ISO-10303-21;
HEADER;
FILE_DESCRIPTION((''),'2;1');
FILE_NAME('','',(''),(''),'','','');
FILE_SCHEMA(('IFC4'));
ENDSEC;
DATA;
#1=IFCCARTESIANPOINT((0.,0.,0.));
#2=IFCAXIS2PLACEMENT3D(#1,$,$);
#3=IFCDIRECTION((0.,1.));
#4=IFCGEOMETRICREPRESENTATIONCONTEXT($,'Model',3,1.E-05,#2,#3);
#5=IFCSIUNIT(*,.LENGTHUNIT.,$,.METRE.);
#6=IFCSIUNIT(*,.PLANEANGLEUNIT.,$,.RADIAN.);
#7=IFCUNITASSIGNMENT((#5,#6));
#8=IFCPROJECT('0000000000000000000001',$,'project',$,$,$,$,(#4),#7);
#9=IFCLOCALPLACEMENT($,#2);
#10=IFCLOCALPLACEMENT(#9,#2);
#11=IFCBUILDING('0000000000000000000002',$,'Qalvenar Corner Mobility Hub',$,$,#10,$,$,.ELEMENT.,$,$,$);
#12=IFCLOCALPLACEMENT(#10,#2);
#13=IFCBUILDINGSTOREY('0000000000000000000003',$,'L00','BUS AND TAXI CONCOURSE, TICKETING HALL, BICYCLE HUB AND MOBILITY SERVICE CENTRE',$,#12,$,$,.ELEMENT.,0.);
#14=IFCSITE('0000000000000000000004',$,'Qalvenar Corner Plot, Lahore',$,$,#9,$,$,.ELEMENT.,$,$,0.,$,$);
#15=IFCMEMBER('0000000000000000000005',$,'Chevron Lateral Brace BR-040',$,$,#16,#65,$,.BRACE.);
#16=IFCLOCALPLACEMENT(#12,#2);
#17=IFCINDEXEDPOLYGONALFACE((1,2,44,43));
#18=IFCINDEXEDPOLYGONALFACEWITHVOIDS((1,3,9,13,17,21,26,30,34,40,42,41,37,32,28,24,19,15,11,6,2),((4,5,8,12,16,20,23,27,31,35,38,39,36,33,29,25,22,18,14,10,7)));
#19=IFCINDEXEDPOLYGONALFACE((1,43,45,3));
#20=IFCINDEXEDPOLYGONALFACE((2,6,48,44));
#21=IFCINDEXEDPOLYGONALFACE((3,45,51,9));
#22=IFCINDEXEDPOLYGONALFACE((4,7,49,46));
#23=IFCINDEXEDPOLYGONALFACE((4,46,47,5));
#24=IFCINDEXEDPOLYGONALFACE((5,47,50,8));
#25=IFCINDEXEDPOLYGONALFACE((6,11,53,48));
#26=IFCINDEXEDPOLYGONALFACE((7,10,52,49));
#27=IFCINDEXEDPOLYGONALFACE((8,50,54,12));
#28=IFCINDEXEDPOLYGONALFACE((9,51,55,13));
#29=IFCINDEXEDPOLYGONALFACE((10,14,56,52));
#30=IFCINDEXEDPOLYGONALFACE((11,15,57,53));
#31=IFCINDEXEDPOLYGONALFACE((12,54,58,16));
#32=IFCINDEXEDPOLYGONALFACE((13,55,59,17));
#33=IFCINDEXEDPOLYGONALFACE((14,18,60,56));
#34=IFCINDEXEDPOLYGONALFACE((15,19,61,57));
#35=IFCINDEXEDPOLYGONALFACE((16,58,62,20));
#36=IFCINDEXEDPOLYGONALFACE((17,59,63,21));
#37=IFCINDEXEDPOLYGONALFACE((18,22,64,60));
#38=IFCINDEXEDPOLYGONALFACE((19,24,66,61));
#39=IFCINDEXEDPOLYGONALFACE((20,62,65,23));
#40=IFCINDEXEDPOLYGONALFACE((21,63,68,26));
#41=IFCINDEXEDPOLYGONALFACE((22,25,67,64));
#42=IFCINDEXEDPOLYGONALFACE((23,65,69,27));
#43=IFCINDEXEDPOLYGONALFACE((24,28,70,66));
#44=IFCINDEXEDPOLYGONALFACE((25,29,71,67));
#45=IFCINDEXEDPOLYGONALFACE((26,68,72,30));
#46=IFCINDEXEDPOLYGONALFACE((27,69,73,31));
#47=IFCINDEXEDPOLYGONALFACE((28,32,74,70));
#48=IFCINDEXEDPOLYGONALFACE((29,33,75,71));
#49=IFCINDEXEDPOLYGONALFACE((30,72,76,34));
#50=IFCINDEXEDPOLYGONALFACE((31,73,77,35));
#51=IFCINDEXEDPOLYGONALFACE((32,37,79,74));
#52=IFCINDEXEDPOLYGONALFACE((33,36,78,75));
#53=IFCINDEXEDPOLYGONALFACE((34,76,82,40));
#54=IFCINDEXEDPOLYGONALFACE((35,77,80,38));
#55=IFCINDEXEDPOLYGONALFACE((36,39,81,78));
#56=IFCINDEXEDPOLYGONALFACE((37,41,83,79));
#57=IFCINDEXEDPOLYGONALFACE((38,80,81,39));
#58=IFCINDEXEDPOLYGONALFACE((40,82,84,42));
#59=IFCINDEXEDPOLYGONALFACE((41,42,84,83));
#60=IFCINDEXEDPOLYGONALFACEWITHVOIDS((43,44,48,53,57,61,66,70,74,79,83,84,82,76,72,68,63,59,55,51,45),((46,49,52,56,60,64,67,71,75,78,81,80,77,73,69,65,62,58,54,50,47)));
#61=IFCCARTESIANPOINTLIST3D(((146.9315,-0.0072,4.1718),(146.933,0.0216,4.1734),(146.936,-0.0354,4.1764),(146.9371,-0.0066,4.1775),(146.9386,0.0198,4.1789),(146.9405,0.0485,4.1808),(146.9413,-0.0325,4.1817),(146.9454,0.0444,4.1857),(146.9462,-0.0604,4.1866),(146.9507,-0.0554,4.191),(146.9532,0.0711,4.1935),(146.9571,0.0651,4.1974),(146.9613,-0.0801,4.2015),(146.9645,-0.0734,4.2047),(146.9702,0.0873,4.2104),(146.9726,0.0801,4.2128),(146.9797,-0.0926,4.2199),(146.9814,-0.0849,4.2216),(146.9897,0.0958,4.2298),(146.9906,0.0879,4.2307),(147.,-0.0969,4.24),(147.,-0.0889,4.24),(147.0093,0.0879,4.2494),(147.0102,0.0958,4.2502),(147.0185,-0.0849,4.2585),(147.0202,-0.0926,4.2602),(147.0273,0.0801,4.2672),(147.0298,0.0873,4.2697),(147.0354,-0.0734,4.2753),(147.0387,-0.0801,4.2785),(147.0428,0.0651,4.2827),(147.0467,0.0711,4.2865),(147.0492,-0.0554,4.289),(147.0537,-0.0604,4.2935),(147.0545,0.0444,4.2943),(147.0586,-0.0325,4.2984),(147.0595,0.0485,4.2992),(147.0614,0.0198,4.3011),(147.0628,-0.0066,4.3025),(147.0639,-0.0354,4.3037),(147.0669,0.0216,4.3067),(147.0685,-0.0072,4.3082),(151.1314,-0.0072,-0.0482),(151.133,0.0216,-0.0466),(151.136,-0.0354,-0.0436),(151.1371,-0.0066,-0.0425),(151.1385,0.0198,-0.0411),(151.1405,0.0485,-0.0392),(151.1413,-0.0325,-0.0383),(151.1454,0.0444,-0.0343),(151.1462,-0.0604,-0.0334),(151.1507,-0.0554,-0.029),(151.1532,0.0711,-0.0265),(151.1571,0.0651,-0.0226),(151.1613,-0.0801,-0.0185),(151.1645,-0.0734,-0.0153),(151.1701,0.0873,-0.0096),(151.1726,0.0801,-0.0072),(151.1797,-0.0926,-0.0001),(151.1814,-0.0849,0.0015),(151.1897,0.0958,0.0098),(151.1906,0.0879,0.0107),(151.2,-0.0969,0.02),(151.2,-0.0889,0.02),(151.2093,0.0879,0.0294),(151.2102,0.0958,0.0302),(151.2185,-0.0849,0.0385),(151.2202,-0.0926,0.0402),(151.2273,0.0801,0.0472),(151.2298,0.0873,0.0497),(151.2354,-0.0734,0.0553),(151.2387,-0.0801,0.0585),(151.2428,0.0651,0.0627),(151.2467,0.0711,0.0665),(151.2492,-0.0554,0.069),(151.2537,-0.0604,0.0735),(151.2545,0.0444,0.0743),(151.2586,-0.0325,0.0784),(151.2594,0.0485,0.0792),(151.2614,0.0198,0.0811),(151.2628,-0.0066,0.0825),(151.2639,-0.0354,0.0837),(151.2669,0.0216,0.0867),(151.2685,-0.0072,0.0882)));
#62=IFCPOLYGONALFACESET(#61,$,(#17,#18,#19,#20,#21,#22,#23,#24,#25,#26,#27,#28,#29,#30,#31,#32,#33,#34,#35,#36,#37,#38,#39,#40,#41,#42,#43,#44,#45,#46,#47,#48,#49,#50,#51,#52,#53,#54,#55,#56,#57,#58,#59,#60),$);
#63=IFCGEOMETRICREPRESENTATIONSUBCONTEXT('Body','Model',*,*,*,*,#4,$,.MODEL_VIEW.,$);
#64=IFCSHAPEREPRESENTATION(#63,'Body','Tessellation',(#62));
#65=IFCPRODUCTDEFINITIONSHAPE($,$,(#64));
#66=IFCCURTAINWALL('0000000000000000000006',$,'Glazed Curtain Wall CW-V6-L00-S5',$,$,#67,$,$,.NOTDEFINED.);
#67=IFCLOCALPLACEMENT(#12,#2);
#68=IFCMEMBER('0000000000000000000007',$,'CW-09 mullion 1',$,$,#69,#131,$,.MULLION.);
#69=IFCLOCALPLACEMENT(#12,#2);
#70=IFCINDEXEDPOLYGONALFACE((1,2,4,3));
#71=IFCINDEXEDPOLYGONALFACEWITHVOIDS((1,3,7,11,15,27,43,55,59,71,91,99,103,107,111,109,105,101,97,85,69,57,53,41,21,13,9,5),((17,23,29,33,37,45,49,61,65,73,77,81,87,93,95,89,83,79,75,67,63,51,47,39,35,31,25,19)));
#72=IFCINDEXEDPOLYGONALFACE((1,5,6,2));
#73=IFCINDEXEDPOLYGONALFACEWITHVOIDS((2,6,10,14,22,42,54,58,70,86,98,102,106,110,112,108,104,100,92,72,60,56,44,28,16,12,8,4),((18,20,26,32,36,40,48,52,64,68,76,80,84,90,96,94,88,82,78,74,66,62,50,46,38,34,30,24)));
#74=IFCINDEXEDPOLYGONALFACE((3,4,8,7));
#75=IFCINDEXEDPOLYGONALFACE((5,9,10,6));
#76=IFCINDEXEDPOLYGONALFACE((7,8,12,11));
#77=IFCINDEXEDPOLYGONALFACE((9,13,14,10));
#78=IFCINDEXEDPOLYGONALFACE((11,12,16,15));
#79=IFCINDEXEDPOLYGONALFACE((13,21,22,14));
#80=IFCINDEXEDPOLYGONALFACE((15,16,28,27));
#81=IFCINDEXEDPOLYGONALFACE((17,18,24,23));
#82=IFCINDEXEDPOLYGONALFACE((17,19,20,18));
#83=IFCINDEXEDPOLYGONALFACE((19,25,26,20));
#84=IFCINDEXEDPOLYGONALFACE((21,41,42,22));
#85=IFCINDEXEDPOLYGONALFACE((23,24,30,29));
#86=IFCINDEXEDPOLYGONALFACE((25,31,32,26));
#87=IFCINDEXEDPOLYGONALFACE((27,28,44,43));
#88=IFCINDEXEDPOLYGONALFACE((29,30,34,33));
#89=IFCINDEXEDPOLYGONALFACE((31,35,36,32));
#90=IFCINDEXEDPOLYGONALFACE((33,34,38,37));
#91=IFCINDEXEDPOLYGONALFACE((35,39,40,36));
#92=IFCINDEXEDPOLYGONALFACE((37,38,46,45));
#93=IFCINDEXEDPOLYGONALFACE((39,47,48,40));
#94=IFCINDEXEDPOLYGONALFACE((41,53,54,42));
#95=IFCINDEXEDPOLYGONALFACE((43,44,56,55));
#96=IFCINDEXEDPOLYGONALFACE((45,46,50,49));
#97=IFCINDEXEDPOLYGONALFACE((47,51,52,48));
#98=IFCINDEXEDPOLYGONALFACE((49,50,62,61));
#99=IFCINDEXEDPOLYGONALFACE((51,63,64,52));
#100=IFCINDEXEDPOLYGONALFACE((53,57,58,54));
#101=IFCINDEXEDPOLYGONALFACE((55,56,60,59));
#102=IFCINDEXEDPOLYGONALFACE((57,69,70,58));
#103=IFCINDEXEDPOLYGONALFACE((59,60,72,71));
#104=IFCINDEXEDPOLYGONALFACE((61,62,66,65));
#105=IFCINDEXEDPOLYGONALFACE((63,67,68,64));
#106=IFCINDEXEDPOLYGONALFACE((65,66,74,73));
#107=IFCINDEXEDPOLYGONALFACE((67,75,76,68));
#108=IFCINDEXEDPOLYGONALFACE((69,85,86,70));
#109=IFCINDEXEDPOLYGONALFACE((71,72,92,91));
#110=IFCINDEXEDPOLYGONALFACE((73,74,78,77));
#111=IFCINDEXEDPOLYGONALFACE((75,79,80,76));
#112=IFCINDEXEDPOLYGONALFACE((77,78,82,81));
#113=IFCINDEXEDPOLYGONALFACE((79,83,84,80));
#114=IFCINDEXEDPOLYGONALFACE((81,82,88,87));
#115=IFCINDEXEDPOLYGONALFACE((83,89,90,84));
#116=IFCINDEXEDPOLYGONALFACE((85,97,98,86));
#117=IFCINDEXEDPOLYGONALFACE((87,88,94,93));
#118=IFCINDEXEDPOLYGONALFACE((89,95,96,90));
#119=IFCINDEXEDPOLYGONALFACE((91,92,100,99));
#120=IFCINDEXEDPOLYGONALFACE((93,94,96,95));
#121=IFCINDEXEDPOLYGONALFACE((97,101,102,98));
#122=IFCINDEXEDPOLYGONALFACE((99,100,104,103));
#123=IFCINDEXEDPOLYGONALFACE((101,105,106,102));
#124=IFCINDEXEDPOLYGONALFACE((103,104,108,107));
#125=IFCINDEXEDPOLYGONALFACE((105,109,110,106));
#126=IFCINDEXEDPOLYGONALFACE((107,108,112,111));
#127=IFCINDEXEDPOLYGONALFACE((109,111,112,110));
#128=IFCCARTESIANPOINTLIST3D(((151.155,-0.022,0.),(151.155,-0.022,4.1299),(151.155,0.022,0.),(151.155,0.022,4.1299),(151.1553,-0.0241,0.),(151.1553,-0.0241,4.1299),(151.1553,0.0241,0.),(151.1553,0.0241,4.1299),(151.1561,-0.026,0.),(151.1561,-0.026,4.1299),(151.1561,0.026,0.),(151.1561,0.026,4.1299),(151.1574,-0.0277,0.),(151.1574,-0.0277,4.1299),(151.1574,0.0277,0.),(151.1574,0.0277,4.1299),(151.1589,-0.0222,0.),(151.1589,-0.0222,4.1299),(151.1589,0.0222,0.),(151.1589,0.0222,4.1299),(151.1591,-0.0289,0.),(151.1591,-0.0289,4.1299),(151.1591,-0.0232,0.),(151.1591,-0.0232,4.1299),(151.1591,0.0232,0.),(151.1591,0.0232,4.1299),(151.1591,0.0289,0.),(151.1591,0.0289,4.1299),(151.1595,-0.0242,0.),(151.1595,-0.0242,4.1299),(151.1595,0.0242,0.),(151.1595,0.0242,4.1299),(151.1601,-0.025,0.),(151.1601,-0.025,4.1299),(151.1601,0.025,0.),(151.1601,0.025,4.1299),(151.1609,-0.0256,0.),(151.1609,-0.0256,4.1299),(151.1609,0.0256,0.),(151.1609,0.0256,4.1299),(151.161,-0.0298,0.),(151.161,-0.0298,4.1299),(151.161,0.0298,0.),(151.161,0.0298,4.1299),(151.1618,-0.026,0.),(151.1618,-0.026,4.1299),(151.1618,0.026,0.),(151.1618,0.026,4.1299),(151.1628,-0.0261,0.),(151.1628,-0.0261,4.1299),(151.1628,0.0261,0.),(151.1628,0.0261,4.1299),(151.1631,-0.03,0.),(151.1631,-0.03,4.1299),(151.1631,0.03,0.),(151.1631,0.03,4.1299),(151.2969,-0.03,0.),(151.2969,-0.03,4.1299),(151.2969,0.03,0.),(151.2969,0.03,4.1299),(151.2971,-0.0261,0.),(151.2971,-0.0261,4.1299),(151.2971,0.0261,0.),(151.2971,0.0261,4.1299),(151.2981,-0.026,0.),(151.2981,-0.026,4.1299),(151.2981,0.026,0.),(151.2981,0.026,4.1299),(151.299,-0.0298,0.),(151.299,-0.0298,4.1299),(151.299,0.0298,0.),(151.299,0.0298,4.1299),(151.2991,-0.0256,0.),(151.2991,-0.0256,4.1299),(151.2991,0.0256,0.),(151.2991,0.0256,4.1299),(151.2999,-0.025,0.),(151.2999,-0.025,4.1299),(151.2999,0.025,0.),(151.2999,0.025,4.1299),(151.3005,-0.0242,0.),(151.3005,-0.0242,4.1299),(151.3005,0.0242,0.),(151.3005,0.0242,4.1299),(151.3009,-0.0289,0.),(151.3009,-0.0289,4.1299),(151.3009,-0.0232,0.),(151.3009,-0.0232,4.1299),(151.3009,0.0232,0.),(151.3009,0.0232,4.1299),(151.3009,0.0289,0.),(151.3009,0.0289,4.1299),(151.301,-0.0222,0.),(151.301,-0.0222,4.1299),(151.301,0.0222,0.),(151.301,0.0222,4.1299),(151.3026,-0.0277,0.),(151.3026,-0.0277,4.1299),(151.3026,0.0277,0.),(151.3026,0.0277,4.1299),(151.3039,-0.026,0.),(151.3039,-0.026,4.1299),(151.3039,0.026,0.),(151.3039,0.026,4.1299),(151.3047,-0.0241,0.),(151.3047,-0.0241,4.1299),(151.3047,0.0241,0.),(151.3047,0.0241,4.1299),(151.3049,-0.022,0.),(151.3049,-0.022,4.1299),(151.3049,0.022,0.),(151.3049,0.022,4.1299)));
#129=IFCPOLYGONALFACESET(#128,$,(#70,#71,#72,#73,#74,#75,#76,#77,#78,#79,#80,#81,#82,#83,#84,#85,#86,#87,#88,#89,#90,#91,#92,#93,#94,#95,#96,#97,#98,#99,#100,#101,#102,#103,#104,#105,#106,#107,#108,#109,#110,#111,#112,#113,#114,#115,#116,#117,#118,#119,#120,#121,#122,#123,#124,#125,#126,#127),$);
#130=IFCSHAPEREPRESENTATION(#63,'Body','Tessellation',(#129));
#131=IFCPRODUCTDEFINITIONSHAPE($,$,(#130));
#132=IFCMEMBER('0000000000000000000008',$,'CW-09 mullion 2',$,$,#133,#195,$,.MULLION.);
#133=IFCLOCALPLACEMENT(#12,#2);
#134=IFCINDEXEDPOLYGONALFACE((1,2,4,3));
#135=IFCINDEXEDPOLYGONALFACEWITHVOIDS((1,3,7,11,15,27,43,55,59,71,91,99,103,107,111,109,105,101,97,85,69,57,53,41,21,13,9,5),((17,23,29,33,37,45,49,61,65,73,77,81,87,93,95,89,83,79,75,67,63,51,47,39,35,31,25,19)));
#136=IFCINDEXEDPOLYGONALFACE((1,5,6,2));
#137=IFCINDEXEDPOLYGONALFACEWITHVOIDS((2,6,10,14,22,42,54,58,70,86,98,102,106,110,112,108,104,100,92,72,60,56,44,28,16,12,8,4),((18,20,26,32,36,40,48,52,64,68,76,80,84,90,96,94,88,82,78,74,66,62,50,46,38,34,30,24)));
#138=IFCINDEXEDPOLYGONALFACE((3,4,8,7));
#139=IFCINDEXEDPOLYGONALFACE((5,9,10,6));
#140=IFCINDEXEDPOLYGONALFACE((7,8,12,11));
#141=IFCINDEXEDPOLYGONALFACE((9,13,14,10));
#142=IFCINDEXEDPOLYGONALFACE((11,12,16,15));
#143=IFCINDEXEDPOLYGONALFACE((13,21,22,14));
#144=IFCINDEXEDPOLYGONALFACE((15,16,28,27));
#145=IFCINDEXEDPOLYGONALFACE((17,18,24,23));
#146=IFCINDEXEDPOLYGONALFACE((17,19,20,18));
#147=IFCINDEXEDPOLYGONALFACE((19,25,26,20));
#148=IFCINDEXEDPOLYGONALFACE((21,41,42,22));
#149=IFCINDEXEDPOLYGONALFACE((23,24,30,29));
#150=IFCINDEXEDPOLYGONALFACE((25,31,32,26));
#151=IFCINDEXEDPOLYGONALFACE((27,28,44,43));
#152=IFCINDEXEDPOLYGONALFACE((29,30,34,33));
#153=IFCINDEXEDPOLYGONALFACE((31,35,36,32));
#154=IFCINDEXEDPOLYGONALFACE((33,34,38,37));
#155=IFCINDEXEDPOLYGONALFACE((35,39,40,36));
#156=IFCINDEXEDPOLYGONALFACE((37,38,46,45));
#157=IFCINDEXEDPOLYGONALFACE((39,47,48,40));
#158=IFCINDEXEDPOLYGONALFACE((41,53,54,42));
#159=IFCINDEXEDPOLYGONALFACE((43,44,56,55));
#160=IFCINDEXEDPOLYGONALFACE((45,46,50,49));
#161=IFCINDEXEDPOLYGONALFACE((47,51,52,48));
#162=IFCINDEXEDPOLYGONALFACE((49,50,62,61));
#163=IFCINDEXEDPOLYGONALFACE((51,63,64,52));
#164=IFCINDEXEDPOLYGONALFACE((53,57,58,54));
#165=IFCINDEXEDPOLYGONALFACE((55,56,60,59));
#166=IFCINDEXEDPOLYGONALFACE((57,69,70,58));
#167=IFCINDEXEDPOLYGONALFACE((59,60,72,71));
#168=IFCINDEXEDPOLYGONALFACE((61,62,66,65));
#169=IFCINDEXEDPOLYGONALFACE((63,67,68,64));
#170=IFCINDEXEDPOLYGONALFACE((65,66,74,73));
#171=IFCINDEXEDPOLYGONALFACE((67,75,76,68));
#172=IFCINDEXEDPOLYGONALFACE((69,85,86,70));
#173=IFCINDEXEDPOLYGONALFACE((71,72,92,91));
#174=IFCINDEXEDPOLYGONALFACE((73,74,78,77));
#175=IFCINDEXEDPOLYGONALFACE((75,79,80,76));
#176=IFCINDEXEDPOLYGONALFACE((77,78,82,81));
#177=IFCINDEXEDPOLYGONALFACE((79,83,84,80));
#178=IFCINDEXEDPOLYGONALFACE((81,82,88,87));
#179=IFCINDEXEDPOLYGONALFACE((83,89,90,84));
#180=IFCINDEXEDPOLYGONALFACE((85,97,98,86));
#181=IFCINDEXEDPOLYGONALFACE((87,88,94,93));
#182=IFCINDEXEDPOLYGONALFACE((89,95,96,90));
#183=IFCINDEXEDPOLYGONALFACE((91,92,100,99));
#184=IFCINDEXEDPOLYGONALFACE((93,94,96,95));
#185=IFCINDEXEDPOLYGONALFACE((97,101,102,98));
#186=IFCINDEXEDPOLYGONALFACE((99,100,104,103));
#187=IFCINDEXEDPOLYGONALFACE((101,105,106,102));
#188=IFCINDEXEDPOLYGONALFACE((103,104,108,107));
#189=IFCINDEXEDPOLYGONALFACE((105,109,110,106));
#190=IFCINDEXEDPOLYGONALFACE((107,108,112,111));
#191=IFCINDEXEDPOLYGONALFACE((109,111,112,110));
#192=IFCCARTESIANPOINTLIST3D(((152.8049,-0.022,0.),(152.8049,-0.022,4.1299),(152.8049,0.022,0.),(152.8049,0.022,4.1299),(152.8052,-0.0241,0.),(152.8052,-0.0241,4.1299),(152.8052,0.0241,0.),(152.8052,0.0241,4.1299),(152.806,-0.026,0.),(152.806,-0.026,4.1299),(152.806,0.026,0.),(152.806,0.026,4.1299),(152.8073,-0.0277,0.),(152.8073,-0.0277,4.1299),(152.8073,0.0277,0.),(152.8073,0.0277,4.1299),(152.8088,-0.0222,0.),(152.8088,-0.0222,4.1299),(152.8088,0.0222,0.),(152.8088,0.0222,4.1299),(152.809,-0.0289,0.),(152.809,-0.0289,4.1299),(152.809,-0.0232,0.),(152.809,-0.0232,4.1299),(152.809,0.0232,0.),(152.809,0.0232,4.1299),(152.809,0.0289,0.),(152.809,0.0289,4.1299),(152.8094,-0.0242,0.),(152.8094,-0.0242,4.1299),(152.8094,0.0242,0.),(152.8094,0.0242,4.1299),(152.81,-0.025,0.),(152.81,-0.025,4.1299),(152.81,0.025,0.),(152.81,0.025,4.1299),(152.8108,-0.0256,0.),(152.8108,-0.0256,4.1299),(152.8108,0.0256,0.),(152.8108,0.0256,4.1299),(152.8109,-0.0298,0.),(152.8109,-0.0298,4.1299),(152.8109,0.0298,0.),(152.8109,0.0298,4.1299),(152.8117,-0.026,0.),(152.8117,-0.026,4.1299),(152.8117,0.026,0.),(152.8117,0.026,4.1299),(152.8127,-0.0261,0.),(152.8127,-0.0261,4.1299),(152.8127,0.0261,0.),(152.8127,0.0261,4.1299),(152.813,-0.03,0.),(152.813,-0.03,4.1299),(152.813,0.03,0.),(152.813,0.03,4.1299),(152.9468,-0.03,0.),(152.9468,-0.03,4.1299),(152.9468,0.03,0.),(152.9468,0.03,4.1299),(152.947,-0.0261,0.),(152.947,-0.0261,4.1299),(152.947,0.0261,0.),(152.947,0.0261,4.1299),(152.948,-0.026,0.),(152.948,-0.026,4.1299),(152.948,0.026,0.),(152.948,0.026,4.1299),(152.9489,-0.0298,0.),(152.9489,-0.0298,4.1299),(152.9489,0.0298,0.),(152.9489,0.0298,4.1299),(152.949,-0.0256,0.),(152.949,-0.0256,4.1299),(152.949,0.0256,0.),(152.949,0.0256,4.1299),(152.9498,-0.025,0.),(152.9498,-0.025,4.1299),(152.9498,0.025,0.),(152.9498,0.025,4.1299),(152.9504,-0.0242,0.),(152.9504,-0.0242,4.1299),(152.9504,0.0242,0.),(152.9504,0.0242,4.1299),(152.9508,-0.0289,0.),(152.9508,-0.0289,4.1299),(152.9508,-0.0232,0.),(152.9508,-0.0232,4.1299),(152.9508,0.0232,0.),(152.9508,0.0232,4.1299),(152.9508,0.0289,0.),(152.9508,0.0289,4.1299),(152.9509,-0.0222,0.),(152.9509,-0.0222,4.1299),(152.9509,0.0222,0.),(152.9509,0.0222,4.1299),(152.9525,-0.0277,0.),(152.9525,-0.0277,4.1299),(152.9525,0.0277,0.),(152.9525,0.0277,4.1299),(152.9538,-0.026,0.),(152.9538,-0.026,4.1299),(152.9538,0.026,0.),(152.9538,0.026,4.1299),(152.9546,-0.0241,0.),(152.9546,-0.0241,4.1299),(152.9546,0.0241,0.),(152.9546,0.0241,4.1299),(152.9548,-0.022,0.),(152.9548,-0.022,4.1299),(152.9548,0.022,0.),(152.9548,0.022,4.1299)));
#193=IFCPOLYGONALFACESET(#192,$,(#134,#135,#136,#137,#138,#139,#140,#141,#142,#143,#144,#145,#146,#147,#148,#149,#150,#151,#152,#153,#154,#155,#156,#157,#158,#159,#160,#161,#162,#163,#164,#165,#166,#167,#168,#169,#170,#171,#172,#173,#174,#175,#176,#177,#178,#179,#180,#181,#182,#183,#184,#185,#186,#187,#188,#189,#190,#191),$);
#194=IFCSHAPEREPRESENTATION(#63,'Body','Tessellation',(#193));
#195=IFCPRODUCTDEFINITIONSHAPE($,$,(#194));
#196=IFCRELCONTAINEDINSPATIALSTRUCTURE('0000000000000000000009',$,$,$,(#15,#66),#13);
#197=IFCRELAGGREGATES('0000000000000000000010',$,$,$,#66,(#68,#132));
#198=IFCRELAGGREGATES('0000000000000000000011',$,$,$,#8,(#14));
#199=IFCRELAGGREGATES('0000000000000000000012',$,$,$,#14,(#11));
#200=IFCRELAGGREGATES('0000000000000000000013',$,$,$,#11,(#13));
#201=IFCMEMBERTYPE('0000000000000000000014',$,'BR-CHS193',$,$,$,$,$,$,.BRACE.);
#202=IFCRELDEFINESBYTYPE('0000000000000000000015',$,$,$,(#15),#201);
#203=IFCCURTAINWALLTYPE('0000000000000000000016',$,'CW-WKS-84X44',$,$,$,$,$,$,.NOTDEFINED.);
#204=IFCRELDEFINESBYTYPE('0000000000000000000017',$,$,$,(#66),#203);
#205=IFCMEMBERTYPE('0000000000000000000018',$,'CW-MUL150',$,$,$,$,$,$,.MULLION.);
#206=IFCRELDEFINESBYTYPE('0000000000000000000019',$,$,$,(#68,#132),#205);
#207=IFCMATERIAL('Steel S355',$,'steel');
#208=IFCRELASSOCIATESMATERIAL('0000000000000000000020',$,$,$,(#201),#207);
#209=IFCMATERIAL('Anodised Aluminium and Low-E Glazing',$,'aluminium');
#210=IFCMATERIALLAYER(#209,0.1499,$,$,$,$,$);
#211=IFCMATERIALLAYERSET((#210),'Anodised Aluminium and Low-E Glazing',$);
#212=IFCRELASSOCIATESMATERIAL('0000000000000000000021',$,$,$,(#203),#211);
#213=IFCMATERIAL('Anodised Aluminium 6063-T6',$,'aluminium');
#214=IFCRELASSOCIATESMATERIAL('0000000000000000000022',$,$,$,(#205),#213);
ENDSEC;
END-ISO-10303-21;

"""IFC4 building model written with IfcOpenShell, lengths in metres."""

from ifc_helpers import new_model, si_unit, direction, frame, origin, origin_2d, place, context, subcontext, project, spatial, hollow_rectangle, hollow_circle, extrude, material, layer, layer_set, material_profile, profile_set, type_object, element, aggregate, save


model = new_model("IFC4")

# Units and contexts
model_context = context("Model", 3, precision=1e-05, world=origin(), true_north=direction((0.0, 1.0)))
body_context = subcontext(model_context, "Body", "Model", "MODEL_VIEW")
ifc_project = project(units=[si_unit("LENGTHUNIT", "METRE"), si_unit("PLANEANGLEUNIT", "RADIAN")], contexts=[model_context])

# Site, building, storey
site_placement = place(None, origin())
site = spatial("IfcSite", under=ifc_project, at=site_placement, Name="Qalvenar Corner Plot, Lahore", CompositionType="ELEMENT", RefElevation=0.0)
building_placement = place(site_placement, origin())
building = spatial("IfcBuilding", under=site, at=building_placement, Name="Qalvenar Corner Mobility Hub", CompositionType="ELEMENT")
storey_placement = place(building_placement, origin())
storey = spatial("IfcBuildingStorey", under=building, at=storey_placement, Name="L00", Description="BUS AND TAXI CONCOURSE, TICKETING HALL, BICYCLE HUB AND MOBILITY SERVICE CENTRE", CompositionType="ELEMENT", Elevation=0.0)

# Shared definitions
ifc_material_1 = material(Name="Steel S355", Category="steel")

# Member
ifc_material_profile_1 = material_profile(ifc_material_1, hollow_circle(Radius=0.0969, WallThickness=0.0081, at=origin_2d()), Name="CHS193.7x8")
ifc_profile_set_1 = profile_set([ifc_material_profile_1], Name="Steel S355")
member_type_1 = type_object("IfcMemberType", Name="BR-CHS193", PredefinedType="BRACE", material=ifc_profile_set_1)
member_1_placement = place(storey_placement, frame((151.2, 0.0, 0.02), z_axis=(-0.705424, 0.0, 0.708786), x_axis=(0.0, -1.0, 0.0)))
element("IfcMember", 1, at=member_1_placement, inside=storey, type_object=member_type_1, Name="Chevron Lateral Brace BR-040", PredefinedType="BRACE", context=body_context, shape_type="SweptSolid", body=[
    extrude(hollow_circle(Radius=0.0969, WallThickness=0.0081, at=origin_2d()), origin(), (0.0, 0.0, 1.0), 5.9539),
])

# Curtain wall, members
ifc_material_2 = material(Name="Anodised Aluminium and Low-E Glazing", Category="aluminium")
ifc_layer_1 = layer(ifc_material_2, 0.1499)
ifc_layer_set_1 = layer_set([ifc_layer_1], Name="Anodised Aluminium and Low-E Glazing")
curtain_wall_type = type_object("IfcCurtainWallType", Name="CW-WKS-84X44", PredefinedType="NOTDEFINED", material=ifc_layer_set_1)
curtain_wall_placement = place(storey_placement, origin())
curtain_wall = element("IfcCurtainWall", 2, at=curtain_wall_placement, inside=storey, type_object=curtain_wall_type, Name="Glazed Curtain Wall CW-V6-L00-S5", PredefinedType="NOTDEFINED")
ifc_material_3 = material(Name="Anodised Aluminium 6063-T6", Category="aluminium")
ifc_material_profile_2 = material_profile(ifc_material_3, hollow_rectangle(XDim=0.0601, YDim=0.1499, WallThickness=0.0039, InnerFilletRadius=0.0039, OuterFilletRadius=0.0081, at=origin_2d()), Name="RHS150x60x4")
ifc_profile_set_2 = profile_set([ifc_material_profile_2], Name="Anodised Aluminium 6063-T6")
member_type_2 = type_object("IfcMemberType", Name="CW-MUL150", PredefinedType="MULLION", material=ifc_profile_set_2)
member_2_placement = place(storey_placement, frame((151.23, 0.0, 0.0), z_axis=(0.0, 0.0, 1.0), x_axis=(0.0, 1.0, 0.0)))
member_2 = element("IfcMember", 3, at=member_2_placement, type_object=member_type_2, Name="CW-09 mullion 1", PredefinedType="MULLION", context=body_context, shape_type="SweptSolid", body=[
    extrude(hollow_rectangle(XDim=0.0601, YDim=0.1499, WallThickness=0.0039, InnerFilletRadius=0.0039, OuterFilletRadius=0.0081, at=origin_2d()), origin(), (0.0, 0.0, 1.0), 4.1299),
])
member_3_placement = place(storey_placement, frame((152.8799, 0.0, 0.0), z_axis=(0.0, 0.0, 1.0), x_axis=(0.0, 1.0, 0.0)))
member_3 = element("IfcMember", 4, at=member_3_placement, type_object=member_type_2, Name="CW-09 mullion 2", PredefinedType="MULLION", context=body_context, shape_type="SweptSolid", body=[
    extrude(hollow_rectangle(XDim=0.0601, YDim=0.1499, WallThickness=0.0039, InnerFilletRadius=0.0039, OuterFilletRadius=0.0081, at=origin_2d()), origin(), (0.0, 0.0, 1.0), 4.1299),
])
aggregate(curtain_wall, [member_2, member_3])

save(model, "model.ifc")
